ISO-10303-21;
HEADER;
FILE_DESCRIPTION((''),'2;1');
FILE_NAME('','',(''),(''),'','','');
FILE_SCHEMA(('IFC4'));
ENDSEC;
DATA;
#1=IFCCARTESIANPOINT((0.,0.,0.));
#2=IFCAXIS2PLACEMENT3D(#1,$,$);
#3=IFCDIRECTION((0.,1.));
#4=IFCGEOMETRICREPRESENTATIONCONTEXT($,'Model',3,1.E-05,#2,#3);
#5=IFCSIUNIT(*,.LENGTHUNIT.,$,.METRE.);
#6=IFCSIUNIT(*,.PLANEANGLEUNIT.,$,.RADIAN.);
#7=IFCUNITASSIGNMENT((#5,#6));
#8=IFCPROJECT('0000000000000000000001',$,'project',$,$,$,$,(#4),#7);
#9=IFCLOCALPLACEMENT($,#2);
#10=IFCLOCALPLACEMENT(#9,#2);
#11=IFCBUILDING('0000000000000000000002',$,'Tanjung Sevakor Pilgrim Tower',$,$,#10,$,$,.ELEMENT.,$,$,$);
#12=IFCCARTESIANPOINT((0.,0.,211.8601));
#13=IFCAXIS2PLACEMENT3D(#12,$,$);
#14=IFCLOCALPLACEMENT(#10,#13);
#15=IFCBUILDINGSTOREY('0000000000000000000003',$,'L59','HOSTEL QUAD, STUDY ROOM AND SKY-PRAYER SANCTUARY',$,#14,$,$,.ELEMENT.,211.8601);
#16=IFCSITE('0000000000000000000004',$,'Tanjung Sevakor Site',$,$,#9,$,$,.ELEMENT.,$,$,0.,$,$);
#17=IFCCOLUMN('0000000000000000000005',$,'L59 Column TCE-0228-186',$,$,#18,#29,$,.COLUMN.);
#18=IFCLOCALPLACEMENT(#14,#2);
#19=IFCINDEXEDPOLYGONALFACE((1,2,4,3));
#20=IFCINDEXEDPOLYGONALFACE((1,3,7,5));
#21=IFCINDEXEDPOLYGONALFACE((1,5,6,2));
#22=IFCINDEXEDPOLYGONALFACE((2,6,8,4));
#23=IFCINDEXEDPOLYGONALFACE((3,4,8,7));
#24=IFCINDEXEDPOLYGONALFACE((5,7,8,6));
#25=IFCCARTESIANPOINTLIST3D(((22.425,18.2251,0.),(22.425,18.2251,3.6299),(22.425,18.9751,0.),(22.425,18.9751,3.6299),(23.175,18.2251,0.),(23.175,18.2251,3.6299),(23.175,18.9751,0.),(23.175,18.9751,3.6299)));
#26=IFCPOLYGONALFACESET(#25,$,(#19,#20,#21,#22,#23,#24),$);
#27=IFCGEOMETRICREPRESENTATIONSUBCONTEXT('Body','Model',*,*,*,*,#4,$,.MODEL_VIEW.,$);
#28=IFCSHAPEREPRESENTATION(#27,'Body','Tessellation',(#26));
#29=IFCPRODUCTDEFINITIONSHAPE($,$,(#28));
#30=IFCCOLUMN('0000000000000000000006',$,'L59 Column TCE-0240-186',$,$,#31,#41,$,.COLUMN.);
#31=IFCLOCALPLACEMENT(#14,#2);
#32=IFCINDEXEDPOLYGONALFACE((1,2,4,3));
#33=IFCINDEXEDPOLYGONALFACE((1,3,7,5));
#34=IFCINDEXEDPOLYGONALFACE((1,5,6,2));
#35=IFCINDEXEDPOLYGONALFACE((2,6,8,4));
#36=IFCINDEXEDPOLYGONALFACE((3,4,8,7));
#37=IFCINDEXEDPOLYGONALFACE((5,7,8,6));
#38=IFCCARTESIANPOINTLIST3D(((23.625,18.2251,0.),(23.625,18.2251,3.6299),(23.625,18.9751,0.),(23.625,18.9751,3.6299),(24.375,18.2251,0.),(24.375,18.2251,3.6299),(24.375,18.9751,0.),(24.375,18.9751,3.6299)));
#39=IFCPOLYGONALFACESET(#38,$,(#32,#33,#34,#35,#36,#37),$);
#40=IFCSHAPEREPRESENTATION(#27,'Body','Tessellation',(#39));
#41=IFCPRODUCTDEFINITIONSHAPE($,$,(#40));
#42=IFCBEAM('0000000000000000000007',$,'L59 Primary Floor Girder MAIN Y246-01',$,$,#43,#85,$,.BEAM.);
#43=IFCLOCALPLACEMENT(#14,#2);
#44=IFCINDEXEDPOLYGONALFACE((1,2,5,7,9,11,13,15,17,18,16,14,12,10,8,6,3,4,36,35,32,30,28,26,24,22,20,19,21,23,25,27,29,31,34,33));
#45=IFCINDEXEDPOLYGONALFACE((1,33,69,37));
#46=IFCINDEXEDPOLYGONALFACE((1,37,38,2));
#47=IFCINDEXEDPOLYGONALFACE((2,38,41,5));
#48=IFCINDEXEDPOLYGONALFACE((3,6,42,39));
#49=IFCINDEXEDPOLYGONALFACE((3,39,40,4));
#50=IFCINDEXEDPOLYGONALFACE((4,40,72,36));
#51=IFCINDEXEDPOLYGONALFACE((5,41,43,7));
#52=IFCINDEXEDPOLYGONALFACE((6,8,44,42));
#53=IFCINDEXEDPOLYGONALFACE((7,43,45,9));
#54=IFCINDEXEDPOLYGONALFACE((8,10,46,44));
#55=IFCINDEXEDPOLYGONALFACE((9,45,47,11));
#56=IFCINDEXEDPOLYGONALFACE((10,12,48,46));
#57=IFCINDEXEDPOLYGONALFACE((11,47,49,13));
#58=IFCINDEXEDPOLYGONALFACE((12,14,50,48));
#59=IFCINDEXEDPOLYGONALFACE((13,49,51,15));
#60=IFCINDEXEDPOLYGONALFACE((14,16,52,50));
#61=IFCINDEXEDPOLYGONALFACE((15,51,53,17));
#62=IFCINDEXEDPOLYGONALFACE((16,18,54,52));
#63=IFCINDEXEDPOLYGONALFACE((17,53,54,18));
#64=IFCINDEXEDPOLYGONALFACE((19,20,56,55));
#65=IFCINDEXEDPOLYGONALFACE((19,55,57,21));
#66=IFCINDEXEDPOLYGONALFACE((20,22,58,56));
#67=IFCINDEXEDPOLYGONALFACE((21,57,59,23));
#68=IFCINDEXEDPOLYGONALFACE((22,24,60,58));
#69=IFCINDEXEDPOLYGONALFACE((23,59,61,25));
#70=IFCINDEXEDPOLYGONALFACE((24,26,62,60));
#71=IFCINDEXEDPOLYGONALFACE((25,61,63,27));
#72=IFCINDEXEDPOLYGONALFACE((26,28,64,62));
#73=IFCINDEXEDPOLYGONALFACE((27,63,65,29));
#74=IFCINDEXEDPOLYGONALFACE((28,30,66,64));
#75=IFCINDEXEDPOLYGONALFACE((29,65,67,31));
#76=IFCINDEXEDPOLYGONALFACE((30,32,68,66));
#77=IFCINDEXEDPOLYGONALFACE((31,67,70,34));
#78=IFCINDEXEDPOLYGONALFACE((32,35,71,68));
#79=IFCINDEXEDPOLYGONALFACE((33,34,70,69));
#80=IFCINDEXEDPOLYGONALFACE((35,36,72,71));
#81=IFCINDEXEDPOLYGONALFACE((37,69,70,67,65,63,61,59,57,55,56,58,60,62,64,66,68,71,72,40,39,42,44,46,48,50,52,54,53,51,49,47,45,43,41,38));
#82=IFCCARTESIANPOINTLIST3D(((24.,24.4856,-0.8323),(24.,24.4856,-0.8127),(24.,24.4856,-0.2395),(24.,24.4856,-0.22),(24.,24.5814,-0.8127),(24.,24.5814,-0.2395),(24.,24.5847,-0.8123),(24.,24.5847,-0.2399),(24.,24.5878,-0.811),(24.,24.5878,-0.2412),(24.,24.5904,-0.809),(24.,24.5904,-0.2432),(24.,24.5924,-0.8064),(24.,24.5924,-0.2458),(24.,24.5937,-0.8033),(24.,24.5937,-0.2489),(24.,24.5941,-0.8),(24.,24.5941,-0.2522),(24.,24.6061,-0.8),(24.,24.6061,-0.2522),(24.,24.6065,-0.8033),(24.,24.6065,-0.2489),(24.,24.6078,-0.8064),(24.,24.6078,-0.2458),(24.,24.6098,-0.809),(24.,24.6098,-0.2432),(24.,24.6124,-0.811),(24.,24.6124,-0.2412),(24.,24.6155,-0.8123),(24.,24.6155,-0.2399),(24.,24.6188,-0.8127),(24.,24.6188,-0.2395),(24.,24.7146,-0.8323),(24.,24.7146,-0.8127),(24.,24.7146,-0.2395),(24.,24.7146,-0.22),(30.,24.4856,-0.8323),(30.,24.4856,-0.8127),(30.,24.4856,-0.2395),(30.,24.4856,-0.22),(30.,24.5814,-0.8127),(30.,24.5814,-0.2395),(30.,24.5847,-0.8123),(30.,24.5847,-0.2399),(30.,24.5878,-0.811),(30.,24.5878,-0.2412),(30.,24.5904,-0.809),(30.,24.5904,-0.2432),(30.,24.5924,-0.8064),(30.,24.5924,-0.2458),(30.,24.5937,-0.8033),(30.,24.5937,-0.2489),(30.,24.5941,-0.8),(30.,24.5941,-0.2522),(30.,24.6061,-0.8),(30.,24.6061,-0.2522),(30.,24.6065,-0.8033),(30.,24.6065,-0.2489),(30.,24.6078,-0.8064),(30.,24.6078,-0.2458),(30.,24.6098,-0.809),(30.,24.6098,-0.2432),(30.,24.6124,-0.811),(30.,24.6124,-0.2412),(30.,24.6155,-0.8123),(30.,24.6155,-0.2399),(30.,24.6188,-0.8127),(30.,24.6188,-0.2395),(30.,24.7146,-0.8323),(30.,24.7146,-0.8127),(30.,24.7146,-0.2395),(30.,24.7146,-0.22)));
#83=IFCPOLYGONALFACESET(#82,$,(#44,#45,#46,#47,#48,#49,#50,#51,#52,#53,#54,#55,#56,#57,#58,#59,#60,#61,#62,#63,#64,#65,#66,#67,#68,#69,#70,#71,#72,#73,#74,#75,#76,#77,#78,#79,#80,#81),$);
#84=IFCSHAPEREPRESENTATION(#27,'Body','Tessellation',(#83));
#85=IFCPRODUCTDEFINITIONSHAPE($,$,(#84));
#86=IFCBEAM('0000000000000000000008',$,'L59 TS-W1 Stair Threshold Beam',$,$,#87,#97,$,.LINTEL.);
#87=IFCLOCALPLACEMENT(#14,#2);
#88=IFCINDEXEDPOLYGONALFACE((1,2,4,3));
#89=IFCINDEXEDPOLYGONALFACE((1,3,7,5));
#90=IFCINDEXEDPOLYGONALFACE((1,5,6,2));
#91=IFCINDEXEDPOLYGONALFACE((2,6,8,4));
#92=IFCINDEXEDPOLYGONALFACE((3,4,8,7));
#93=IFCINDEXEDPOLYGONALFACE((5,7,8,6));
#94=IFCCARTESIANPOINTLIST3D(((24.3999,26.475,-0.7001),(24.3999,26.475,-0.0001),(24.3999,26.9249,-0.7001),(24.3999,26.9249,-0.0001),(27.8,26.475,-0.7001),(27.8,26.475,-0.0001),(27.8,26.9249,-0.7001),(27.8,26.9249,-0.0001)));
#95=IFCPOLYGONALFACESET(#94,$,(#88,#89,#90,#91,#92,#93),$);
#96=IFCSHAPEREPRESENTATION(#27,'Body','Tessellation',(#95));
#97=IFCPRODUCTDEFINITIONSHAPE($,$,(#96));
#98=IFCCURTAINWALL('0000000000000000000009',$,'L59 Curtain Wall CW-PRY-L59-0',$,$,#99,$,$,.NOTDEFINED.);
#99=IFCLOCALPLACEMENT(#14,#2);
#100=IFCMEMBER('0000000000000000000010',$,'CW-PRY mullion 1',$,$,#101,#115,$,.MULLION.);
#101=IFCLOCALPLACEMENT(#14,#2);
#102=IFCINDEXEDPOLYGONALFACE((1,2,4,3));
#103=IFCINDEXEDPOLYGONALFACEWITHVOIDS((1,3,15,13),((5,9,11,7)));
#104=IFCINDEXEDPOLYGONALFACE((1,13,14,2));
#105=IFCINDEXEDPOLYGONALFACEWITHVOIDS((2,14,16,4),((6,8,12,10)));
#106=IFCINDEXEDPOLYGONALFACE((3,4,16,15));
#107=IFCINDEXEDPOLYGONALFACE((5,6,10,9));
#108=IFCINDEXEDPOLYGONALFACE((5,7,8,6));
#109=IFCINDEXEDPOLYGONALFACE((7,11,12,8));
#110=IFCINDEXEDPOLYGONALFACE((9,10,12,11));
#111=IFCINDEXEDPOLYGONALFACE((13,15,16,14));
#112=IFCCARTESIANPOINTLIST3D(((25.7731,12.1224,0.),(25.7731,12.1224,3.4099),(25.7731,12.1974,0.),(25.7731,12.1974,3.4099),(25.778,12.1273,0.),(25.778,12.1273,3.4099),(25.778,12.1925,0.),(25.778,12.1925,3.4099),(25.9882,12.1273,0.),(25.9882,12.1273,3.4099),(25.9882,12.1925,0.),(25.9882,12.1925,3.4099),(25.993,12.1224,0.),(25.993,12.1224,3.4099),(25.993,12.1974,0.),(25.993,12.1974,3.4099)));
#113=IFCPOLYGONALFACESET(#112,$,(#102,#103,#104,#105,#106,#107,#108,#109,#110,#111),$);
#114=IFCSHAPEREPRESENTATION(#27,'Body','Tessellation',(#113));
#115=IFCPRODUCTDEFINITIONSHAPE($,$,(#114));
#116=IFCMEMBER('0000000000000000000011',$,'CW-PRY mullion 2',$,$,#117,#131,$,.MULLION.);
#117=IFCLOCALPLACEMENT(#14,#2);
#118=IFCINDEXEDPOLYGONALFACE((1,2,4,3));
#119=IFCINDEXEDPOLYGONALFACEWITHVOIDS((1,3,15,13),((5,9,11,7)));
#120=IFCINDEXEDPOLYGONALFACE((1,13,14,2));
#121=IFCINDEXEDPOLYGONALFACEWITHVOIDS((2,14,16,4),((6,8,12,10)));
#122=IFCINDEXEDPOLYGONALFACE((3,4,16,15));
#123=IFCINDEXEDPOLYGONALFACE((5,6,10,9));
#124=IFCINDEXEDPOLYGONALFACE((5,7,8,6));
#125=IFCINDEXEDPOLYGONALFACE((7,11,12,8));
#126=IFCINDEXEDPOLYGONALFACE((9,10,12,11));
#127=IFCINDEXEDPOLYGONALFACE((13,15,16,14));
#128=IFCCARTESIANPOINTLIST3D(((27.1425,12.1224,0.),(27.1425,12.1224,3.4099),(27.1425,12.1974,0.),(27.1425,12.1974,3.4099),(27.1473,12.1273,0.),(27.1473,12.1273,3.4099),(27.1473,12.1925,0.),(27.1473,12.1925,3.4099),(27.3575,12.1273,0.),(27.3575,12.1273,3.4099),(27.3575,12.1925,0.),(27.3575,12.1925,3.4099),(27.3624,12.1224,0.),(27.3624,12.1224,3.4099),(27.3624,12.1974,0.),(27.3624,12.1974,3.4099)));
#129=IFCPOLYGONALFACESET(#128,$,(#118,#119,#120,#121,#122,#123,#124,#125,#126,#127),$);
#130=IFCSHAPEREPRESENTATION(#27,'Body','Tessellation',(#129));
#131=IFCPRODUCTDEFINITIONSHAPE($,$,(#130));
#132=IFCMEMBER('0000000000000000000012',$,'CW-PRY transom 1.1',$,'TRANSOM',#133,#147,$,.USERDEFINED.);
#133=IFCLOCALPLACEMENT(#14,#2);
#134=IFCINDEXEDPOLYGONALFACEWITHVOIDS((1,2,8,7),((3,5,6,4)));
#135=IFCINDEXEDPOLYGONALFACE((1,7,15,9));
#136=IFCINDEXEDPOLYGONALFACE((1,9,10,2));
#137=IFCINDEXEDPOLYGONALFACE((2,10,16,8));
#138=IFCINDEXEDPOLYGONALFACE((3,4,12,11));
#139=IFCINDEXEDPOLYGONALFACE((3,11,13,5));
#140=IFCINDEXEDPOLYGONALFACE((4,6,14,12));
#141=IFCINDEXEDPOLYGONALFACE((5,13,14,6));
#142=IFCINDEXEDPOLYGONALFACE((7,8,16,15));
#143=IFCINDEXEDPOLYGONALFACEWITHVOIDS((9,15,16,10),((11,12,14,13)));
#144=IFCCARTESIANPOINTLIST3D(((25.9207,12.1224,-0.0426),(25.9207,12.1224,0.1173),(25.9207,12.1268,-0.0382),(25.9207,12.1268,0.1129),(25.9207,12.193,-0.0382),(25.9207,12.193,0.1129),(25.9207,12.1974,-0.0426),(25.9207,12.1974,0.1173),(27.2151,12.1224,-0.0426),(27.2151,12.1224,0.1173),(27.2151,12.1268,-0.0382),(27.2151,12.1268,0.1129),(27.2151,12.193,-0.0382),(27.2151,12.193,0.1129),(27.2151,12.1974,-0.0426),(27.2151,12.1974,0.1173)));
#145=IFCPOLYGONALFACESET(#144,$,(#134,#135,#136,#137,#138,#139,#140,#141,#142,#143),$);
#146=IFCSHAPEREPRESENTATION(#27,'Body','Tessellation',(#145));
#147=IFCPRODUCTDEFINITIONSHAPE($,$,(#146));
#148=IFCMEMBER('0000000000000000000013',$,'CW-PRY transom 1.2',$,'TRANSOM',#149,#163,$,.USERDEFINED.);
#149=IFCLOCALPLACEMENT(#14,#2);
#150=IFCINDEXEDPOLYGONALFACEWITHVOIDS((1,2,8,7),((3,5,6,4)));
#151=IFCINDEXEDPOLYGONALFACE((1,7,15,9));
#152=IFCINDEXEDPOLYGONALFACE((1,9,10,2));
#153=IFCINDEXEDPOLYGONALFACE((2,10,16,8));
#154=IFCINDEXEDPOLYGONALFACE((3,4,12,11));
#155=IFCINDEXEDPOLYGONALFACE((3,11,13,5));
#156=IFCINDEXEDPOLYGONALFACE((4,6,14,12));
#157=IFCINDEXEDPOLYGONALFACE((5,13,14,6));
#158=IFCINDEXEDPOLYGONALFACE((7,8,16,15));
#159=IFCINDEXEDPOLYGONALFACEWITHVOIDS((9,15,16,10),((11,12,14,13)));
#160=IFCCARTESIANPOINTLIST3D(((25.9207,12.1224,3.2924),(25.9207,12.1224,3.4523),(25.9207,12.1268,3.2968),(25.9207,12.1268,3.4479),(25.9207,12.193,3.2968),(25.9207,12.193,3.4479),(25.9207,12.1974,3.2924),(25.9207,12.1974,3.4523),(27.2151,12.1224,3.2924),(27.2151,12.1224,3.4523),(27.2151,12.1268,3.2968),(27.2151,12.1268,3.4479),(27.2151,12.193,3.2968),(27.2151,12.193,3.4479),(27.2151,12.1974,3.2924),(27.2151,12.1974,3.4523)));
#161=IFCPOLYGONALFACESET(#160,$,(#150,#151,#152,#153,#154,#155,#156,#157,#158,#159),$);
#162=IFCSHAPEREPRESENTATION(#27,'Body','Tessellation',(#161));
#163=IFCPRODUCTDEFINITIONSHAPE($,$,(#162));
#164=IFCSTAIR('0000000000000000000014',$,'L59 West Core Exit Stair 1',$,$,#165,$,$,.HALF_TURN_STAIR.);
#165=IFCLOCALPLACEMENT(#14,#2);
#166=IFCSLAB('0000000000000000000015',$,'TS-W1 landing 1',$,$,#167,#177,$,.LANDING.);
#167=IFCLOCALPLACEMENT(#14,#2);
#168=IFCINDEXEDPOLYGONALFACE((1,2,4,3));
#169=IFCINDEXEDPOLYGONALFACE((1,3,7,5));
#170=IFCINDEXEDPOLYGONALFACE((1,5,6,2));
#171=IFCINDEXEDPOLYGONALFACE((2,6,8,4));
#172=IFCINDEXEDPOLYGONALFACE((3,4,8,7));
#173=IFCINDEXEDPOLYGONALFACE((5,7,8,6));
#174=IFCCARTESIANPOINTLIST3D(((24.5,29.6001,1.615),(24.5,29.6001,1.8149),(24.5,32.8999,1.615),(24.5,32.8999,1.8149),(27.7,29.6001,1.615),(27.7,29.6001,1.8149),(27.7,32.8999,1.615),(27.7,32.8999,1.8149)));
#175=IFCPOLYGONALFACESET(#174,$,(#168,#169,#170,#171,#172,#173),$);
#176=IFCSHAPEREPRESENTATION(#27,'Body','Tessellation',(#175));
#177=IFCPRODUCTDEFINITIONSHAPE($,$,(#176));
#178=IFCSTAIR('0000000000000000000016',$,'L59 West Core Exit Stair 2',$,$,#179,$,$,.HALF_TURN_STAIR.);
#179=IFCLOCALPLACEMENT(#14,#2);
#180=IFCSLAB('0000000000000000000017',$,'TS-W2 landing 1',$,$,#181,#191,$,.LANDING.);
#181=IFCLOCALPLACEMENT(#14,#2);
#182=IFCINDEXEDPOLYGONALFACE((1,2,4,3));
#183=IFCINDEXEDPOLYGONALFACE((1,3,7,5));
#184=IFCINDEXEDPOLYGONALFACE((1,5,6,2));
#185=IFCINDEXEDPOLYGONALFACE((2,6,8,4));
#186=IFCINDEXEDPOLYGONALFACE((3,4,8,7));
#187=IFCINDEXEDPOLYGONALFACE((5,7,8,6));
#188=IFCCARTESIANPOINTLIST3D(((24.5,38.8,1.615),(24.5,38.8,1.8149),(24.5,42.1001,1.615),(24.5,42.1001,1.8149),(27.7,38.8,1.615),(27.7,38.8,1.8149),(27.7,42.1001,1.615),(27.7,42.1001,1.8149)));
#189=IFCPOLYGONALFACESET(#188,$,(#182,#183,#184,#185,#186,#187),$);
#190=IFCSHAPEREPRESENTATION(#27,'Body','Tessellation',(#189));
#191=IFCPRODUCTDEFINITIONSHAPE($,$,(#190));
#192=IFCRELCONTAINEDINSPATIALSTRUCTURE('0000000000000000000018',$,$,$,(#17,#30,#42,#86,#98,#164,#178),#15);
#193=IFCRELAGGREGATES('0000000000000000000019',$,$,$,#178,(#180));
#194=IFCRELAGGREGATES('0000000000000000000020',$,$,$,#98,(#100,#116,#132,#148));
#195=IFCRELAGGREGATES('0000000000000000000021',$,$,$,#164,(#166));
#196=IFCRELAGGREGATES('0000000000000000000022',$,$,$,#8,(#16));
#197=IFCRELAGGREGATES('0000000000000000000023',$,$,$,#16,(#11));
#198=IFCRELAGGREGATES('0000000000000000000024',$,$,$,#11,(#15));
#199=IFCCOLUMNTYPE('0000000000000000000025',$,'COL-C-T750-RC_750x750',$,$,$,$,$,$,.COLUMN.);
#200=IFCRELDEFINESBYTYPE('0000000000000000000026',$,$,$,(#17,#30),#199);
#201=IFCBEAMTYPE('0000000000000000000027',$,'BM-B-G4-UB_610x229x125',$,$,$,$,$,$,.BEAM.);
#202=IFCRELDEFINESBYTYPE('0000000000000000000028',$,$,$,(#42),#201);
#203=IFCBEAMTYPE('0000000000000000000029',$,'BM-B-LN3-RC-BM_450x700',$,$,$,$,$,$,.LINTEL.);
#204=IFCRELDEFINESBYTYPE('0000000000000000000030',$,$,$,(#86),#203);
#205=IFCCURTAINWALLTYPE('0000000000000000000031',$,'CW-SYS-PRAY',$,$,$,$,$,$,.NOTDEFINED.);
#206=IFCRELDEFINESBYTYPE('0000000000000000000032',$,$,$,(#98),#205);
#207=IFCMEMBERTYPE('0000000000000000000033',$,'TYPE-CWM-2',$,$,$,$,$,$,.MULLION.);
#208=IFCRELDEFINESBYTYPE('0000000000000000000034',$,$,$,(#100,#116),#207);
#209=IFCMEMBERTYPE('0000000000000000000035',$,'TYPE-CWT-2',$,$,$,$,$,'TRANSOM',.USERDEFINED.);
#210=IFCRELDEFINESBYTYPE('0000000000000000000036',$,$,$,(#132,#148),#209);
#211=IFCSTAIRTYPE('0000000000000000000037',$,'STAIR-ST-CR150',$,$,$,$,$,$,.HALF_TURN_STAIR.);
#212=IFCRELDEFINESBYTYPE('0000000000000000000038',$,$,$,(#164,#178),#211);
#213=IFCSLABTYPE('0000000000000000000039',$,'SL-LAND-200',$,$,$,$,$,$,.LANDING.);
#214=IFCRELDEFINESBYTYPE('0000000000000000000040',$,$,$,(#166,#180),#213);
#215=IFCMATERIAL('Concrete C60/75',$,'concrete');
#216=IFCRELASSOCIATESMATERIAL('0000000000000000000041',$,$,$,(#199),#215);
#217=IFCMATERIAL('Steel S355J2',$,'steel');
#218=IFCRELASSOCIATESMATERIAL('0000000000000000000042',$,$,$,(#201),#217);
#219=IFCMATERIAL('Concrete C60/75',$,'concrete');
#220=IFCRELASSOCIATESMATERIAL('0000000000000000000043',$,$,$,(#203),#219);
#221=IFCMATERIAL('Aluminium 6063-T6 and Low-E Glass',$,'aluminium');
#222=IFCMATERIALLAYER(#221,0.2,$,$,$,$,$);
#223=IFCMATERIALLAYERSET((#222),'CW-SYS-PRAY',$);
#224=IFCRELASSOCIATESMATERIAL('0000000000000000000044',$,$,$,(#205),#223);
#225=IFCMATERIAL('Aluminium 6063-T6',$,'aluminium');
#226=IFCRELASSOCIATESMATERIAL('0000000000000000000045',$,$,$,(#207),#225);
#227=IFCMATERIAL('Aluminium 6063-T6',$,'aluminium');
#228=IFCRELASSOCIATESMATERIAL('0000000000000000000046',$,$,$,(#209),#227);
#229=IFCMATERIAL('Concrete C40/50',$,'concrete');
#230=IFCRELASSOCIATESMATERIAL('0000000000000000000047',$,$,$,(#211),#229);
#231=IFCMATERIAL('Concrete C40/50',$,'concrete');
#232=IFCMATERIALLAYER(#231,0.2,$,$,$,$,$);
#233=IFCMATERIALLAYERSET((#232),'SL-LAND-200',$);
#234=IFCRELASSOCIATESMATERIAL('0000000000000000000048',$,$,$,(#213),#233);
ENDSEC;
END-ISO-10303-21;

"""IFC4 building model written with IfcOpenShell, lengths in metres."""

from ifc_helpers import new_model, si_unit, direction, frame, origin, origin_2d, place, context, subcontext, project, spatial, polyline, rectangle, hollow_rectangle, i_section, outline, extrude, material, layer, layer_set, material_profile, profile_set, type_object, element, aggregate, save


model = new_model("IFC4")

# Units and contexts
model_context = context("Model", 3, precision=1e-05, world=origin(), true_north=direction((0.0, 1.0)))
body_context = subcontext(model_context, "Body", "Model", "MODEL_VIEW")
ifc_project = project(units=[si_unit("LENGTHUNIT", "METRE"), si_unit("PLANEANGLEUNIT", "RADIAN")], contexts=[model_context])

# Site, building, storey
site_placement = place(None, origin())
site = spatial("IfcSite", under=ifc_project, at=site_placement, Name="Tanjung Sevakor Site", CompositionType="ELEMENT", RefElevation=0.0)
building_placement = place(site_placement, origin())
building = spatial("IfcBuilding", under=site, at=building_placement, Name="Tanjung Sevakor Pilgrim Tower", CompositionType="ELEMENT")
storey_placement = place(building_placement, frame((0.0, 0.0, 211.8601)))
storey = spatial("IfcBuildingStorey", under=building, at=storey_placement, Name="L59", Description="HOSTEL QUAD, STUDY ROOM AND SKY-PRAYER SANCTUARY", CompositionType="ELEMENT", Elevation=211.8601)

# Columns
ifc_material_1 = material(Name="Concrete C60/75", Category="concrete")
ifc_material_profile_1 = material_profile(ifc_material_1, rectangle(XDim=0.75, YDim=0.75, at=origin_2d()))
ifc_profile_set_1 = profile_set([ifc_material_profile_1], Name="Concrete C60/75")
column_type = type_object("IfcColumnType", Name="COL-C-T750-RC_750x750", PredefinedType="COLUMN", material=ifc_profile_set_1)
for number, where, z_axis, x_axis, name in (
    (1, (22.8, 18.6001, 0.0), (0.0, 0.0, 1.0), (1.0, 0.0, 0.0), "L59 Column TCE-0228-186"),
    (2, (24.0, 18.6001, 0.0), (0.0, 0.0, 1.0), (1.0, 0.0, 0.0), "L59 Column TCE-0240-186"),
):
    element("IfcColumn", number, at=place(storey_placement, frame(where, z_axis=z_axis, x_axis=x_axis)), inside=storey, type_object=column_type, Name=name, PredefinedType="COLUMN", context=body_context, shape_type="SweptSolid", body=[
        extrude(rectangle(XDim=0.75, YDim=0.75, at=origin_2d()), origin(), (0.0, 0.0, 1.0), 3.6299),
    ])

# Beams
ifc_material_2 = material(Name="Steel S355J2", Category="steel")
ifc_material_profile_2 = material_profile(ifc_material_2, i_section(OverallWidth=0.229, OverallDepth=0.6123, WebThickness=0.012, FlangeThickness=0.0195, FilletRadius=0.0127, at=origin_2d()))
ifc_profile_set_2 = profile_set([ifc_material_profile_2], Name="Steel S355J2")
beam_type_1 = type_object("IfcBeamType", Name="BM-B-G4-UB_610x229x125", PredefinedType="BEAM", material=ifc_profile_set_2)
beam_1_placement = place(storey_placement, frame((24.0, 24.6001, -0.5261), z_axis=(1.0, 0.0, 0.0), x_axis=(0.0, 1.0, 0.0)))
element("IfcBeam", 3, at=beam_1_placement, inside=storey, type_object=beam_type_1, Name="L59 Primary Floor Girder MAIN Y246-01", PredefinedType="BEAM", context=body_context, shape_type="SweptSolid", body=[
    extrude(i_section(OverallWidth=0.229, OverallDepth=0.6123, WebThickness=0.012, FlangeThickness=0.0195, FilletRadius=0.0127, at=origin_2d()), origin(), (0.0, 0.0, 1.0), 6.0),
])
ifc_material_3 = material(Name="Concrete C60/75", Category="concrete")
ifc_material_profile_3 = material_profile(ifc_material_3, rectangle(XDim=0.45, YDim=0.7, at=origin_2d()))
ifc_profile_set_3 = profile_set([ifc_material_profile_3], Name="Concrete C60/75")
beam_type_2 = type_object("IfcBeamType", Name="BM-B-LN3-RC-BM_450x700", PredefinedType="LINTEL", material=ifc_profile_set_3)
beam_2_placement = place(storey_placement, frame((24.3999, 26.7, -0.3501), z_axis=(1.0, 0.0, 0.0), x_axis=(0.0, 1.0, 0.0)))
element("IfcBeam", 4, at=beam_2_placement, inside=storey, type_object=beam_type_2, Name="L59 TS-W1 Stair Threshold Beam", PredefinedType="LINTEL", context=body_context, shape_type="SweptSolid", body=[
    extrude(rectangle(XDim=0.45, YDim=0.7, at=origin_2d()), origin(), (0.0, 0.0, 1.0), 3.4001),
])

# Curtain wall, members
ifc_material_4 = material(Name="Aluminium 6063-T6 and Low-E Glass", Category="aluminium")
ifc_layer_1 = layer(ifc_material_4, 0.2)
ifc_layer_set_1 = layer_set([ifc_layer_1], Name="CW-SYS-PRAY")
curtain_wall_type = type_object("IfcCurtainWallType", Name="CW-SYS-PRAY", PredefinedType="NOTDEFINED", material=ifc_layer_set_1)
curtain_wall_placement = place(storey_placement, origin())
curtain_wall = element("IfcCurtainWall", 5, at=curtain_wall_placement, inside=storey, type_object=curtain_wall_type, Name="L59 Curtain Wall CW-PRY-L59-0", PredefinedType="NOTDEFINED")
ifc_material_5 = material(Name="Aluminium 6063-T6", Category="aluminium")
ifc_material_profile_4 = material_profile(ifc_material_5, hollow_rectangle(XDim=0.075, YDim=0.22, WallThickness=0.0049, at=origin_2d()))
ifc_profile_set_4 = profile_set([ifc_material_profile_4], Name="Aluminium 6063-T6")
member_type_1 = type_object("IfcMemberType", Name="TYPE-CWM-2", PredefinedType="MULLION", material=ifc_profile_set_4)
member_1_placement = place(storey_placement, frame((25.8831, 12.1599, 0.0), z_axis=(0.0, 0.0, 1.0), x_axis=(0.0, 1.0, 0.0)))
member_1 = element("IfcMember", 6, at=member_1_placement, type_object=member_type_1, Name="CW-PRY mullion 1", PredefinedType="MULLION", context=body_context, shape_type="SweptSolid", body=[
    extrude(hollow_rectangle(XDim=0.075, YDim=0.22, WallThickness=0.0049, at=origin_2d()), origin(), (0.0, 0.0, 1.0), 3.4099),
])
member_2_placement = place(storey_placement, frame((27.2524, 12.1599, 0.0), z_axis=(0.0, 0.0, 1.0), x_axis=(0.0, 1.0, 0.0)))
member_2 = element("IfcMember", 7, at=member_2_placement, type_object=member_type_1, Name="CW-PRY mullion 2", PredefinedType="MULLION", context=body_context, shape_type="SweptSolid", body=[
    extrude(hollow_rectangle(XDim=0.075, YDim=0.22, WallThickness=0.0049, at=origin_2d()), origin(), (0.0, 0.0, 1.0), 3.4099),
])
ifc_material_6 = material(Name="Aluminium 6063-T6", Category="aluminium")
ifc_material_profile_5 = material_profile(ifc_material_6, hollow_rectangle(XDim=0.075, YDim=0.1599, WallThickness=0.0044, at=origin_2d()))
ifc_profile_set_5 = profile_set([ifc_material_profile_5], Name="Aluminium 6063-T6")
member_type_2 = type_object("IfcMemberType", Name="TYPE-CWT-2", ElementType="TRANSOM", PredefinedType="USERDEFINED", material=ifc_profile_set_5)
member_3_placement = place(storey_placement, frame((25.9207, 12.1599, 0.0374), z_axis=(1.0, 0.0, 0.0), x_axis=(0.0, 1.0, 0.0)))
member_3 = element("IfcMember", 8, at=member_3_placement, type_object=member_type_2, Name="CW-PRY transom 1.1", ObjectType="TRANSOM", PredefinedType="USERDEFINED", context=body_context, shape_type="SweptSolid", body=[
    extrude(hollow_rectangle(XDim=0.075, YDim=0.1599, WallThickness=0.0044, at=origin_2d()), origin(), (0.0, 0.0, 1.0), 1.2944),
])
member_4_placement = place(storey_placement, frame((25.9207, 12.1599, 3.3723), z_axis=(1.0, 0.0, 0.0), x_axis=(0.0, 1.0, 0.0)))
member_4 = element("IfcMember", 9, at=member_4_placement, type_object=member_type_2, Name="CW-PRY transom 1.2", ObjectType="TRANSOM", PredefinedType="USERDEFINED", context=body_context, shape_type="SweptSolid", body=[
    extrude(hollow_rectangle(XDim=0.075, YDim=0.1599, WallThickness=0.0044, at=origin_2d()), origin(), (0.0, 0.0, 1.0), 1.2944),
])

# Stairs, slabs
ifc_material_7 = material(Name="Concrete C40/50", Category="concrete")
stair_type = type_object("IfcStairType", Name="STAIR-ST-CR150", PredefinedType="HALF_TURN_STAIR", material=ifc_material_7)
stair_1_placement = place(storey_placement, origin())
stair_1 = element("IfcStair", 10, at=stair_1_placement, inside=storey, type_object=stair_type, Name="L59 West Core Exit Stair 1", PredefinedType="HALF_TURN_STAIR")
ifc_material_8 = material(Name="Concrete C40/50", Category="concrete")
ifc_layer_2 = layer(ifc_material_8, 0.2)
ifc_layer_set_2 = layer_set([ifc_layer_2], Name="SL-LAND-200")
slab_type_1 = type_object("IfcSlabType", Name="SL-LAND-200", PredefinedType="LANDING", material=ifc_layer_set_2)
slab_1_placement = place(storey_placement, frame((0.0, 0.0, 1.615)))
slab_1 = element("IfcSlab", 11, at=slab_1_placement, type_object=slab_type_1, Name="TS-W1 landing 1", PredefinedType="LANDING", context=body_context, shape_type="SweptSolid", body=[
    extrude(outline(polyline([(27.7, 29.6001), (27.7, 32.8999), (24.5, 32.8999), (24.5, 29.6001), (27.7, 29.6001)])), origin(), (0.0, 0.0, 1.0), 0.2),
])
stair_2_placement = place(storey_placement, origin())
stair_2 = element("IfcStair", 12, at=stair_2_placement, inside=storey, type_object=stair_type, Name="L59 West Core Exit Stair 2", PredefinedType="HALF_TURN_STAIR")
slab_2_placement = place(storey_placement, frame((0.0, 0.0, 1.615)))
slab_2 = element("IfcSlab", 13, at=slab_2_placement, type_object=slab_type_1, Name="TS-W2 landing 1", PredefinedType="LANDING", context=body_context, shape_type="SweptSolid", body=[
    extrude(outline(polyline([(27.7, 38.8), (27.7, 42.1001), (24.5, 42.1001), (24.5, 38.8), (27.7, 38.8)])), origin(), (0.0, 0.0, 1.0), 0.2),
])
aggregate(stair_2, [slab_2])

aggregate(curtain_wall, [member_1, member_2, member_3, member_4])

aggregate(stair_1, [slab_1])

save(model, "model.ifc")
